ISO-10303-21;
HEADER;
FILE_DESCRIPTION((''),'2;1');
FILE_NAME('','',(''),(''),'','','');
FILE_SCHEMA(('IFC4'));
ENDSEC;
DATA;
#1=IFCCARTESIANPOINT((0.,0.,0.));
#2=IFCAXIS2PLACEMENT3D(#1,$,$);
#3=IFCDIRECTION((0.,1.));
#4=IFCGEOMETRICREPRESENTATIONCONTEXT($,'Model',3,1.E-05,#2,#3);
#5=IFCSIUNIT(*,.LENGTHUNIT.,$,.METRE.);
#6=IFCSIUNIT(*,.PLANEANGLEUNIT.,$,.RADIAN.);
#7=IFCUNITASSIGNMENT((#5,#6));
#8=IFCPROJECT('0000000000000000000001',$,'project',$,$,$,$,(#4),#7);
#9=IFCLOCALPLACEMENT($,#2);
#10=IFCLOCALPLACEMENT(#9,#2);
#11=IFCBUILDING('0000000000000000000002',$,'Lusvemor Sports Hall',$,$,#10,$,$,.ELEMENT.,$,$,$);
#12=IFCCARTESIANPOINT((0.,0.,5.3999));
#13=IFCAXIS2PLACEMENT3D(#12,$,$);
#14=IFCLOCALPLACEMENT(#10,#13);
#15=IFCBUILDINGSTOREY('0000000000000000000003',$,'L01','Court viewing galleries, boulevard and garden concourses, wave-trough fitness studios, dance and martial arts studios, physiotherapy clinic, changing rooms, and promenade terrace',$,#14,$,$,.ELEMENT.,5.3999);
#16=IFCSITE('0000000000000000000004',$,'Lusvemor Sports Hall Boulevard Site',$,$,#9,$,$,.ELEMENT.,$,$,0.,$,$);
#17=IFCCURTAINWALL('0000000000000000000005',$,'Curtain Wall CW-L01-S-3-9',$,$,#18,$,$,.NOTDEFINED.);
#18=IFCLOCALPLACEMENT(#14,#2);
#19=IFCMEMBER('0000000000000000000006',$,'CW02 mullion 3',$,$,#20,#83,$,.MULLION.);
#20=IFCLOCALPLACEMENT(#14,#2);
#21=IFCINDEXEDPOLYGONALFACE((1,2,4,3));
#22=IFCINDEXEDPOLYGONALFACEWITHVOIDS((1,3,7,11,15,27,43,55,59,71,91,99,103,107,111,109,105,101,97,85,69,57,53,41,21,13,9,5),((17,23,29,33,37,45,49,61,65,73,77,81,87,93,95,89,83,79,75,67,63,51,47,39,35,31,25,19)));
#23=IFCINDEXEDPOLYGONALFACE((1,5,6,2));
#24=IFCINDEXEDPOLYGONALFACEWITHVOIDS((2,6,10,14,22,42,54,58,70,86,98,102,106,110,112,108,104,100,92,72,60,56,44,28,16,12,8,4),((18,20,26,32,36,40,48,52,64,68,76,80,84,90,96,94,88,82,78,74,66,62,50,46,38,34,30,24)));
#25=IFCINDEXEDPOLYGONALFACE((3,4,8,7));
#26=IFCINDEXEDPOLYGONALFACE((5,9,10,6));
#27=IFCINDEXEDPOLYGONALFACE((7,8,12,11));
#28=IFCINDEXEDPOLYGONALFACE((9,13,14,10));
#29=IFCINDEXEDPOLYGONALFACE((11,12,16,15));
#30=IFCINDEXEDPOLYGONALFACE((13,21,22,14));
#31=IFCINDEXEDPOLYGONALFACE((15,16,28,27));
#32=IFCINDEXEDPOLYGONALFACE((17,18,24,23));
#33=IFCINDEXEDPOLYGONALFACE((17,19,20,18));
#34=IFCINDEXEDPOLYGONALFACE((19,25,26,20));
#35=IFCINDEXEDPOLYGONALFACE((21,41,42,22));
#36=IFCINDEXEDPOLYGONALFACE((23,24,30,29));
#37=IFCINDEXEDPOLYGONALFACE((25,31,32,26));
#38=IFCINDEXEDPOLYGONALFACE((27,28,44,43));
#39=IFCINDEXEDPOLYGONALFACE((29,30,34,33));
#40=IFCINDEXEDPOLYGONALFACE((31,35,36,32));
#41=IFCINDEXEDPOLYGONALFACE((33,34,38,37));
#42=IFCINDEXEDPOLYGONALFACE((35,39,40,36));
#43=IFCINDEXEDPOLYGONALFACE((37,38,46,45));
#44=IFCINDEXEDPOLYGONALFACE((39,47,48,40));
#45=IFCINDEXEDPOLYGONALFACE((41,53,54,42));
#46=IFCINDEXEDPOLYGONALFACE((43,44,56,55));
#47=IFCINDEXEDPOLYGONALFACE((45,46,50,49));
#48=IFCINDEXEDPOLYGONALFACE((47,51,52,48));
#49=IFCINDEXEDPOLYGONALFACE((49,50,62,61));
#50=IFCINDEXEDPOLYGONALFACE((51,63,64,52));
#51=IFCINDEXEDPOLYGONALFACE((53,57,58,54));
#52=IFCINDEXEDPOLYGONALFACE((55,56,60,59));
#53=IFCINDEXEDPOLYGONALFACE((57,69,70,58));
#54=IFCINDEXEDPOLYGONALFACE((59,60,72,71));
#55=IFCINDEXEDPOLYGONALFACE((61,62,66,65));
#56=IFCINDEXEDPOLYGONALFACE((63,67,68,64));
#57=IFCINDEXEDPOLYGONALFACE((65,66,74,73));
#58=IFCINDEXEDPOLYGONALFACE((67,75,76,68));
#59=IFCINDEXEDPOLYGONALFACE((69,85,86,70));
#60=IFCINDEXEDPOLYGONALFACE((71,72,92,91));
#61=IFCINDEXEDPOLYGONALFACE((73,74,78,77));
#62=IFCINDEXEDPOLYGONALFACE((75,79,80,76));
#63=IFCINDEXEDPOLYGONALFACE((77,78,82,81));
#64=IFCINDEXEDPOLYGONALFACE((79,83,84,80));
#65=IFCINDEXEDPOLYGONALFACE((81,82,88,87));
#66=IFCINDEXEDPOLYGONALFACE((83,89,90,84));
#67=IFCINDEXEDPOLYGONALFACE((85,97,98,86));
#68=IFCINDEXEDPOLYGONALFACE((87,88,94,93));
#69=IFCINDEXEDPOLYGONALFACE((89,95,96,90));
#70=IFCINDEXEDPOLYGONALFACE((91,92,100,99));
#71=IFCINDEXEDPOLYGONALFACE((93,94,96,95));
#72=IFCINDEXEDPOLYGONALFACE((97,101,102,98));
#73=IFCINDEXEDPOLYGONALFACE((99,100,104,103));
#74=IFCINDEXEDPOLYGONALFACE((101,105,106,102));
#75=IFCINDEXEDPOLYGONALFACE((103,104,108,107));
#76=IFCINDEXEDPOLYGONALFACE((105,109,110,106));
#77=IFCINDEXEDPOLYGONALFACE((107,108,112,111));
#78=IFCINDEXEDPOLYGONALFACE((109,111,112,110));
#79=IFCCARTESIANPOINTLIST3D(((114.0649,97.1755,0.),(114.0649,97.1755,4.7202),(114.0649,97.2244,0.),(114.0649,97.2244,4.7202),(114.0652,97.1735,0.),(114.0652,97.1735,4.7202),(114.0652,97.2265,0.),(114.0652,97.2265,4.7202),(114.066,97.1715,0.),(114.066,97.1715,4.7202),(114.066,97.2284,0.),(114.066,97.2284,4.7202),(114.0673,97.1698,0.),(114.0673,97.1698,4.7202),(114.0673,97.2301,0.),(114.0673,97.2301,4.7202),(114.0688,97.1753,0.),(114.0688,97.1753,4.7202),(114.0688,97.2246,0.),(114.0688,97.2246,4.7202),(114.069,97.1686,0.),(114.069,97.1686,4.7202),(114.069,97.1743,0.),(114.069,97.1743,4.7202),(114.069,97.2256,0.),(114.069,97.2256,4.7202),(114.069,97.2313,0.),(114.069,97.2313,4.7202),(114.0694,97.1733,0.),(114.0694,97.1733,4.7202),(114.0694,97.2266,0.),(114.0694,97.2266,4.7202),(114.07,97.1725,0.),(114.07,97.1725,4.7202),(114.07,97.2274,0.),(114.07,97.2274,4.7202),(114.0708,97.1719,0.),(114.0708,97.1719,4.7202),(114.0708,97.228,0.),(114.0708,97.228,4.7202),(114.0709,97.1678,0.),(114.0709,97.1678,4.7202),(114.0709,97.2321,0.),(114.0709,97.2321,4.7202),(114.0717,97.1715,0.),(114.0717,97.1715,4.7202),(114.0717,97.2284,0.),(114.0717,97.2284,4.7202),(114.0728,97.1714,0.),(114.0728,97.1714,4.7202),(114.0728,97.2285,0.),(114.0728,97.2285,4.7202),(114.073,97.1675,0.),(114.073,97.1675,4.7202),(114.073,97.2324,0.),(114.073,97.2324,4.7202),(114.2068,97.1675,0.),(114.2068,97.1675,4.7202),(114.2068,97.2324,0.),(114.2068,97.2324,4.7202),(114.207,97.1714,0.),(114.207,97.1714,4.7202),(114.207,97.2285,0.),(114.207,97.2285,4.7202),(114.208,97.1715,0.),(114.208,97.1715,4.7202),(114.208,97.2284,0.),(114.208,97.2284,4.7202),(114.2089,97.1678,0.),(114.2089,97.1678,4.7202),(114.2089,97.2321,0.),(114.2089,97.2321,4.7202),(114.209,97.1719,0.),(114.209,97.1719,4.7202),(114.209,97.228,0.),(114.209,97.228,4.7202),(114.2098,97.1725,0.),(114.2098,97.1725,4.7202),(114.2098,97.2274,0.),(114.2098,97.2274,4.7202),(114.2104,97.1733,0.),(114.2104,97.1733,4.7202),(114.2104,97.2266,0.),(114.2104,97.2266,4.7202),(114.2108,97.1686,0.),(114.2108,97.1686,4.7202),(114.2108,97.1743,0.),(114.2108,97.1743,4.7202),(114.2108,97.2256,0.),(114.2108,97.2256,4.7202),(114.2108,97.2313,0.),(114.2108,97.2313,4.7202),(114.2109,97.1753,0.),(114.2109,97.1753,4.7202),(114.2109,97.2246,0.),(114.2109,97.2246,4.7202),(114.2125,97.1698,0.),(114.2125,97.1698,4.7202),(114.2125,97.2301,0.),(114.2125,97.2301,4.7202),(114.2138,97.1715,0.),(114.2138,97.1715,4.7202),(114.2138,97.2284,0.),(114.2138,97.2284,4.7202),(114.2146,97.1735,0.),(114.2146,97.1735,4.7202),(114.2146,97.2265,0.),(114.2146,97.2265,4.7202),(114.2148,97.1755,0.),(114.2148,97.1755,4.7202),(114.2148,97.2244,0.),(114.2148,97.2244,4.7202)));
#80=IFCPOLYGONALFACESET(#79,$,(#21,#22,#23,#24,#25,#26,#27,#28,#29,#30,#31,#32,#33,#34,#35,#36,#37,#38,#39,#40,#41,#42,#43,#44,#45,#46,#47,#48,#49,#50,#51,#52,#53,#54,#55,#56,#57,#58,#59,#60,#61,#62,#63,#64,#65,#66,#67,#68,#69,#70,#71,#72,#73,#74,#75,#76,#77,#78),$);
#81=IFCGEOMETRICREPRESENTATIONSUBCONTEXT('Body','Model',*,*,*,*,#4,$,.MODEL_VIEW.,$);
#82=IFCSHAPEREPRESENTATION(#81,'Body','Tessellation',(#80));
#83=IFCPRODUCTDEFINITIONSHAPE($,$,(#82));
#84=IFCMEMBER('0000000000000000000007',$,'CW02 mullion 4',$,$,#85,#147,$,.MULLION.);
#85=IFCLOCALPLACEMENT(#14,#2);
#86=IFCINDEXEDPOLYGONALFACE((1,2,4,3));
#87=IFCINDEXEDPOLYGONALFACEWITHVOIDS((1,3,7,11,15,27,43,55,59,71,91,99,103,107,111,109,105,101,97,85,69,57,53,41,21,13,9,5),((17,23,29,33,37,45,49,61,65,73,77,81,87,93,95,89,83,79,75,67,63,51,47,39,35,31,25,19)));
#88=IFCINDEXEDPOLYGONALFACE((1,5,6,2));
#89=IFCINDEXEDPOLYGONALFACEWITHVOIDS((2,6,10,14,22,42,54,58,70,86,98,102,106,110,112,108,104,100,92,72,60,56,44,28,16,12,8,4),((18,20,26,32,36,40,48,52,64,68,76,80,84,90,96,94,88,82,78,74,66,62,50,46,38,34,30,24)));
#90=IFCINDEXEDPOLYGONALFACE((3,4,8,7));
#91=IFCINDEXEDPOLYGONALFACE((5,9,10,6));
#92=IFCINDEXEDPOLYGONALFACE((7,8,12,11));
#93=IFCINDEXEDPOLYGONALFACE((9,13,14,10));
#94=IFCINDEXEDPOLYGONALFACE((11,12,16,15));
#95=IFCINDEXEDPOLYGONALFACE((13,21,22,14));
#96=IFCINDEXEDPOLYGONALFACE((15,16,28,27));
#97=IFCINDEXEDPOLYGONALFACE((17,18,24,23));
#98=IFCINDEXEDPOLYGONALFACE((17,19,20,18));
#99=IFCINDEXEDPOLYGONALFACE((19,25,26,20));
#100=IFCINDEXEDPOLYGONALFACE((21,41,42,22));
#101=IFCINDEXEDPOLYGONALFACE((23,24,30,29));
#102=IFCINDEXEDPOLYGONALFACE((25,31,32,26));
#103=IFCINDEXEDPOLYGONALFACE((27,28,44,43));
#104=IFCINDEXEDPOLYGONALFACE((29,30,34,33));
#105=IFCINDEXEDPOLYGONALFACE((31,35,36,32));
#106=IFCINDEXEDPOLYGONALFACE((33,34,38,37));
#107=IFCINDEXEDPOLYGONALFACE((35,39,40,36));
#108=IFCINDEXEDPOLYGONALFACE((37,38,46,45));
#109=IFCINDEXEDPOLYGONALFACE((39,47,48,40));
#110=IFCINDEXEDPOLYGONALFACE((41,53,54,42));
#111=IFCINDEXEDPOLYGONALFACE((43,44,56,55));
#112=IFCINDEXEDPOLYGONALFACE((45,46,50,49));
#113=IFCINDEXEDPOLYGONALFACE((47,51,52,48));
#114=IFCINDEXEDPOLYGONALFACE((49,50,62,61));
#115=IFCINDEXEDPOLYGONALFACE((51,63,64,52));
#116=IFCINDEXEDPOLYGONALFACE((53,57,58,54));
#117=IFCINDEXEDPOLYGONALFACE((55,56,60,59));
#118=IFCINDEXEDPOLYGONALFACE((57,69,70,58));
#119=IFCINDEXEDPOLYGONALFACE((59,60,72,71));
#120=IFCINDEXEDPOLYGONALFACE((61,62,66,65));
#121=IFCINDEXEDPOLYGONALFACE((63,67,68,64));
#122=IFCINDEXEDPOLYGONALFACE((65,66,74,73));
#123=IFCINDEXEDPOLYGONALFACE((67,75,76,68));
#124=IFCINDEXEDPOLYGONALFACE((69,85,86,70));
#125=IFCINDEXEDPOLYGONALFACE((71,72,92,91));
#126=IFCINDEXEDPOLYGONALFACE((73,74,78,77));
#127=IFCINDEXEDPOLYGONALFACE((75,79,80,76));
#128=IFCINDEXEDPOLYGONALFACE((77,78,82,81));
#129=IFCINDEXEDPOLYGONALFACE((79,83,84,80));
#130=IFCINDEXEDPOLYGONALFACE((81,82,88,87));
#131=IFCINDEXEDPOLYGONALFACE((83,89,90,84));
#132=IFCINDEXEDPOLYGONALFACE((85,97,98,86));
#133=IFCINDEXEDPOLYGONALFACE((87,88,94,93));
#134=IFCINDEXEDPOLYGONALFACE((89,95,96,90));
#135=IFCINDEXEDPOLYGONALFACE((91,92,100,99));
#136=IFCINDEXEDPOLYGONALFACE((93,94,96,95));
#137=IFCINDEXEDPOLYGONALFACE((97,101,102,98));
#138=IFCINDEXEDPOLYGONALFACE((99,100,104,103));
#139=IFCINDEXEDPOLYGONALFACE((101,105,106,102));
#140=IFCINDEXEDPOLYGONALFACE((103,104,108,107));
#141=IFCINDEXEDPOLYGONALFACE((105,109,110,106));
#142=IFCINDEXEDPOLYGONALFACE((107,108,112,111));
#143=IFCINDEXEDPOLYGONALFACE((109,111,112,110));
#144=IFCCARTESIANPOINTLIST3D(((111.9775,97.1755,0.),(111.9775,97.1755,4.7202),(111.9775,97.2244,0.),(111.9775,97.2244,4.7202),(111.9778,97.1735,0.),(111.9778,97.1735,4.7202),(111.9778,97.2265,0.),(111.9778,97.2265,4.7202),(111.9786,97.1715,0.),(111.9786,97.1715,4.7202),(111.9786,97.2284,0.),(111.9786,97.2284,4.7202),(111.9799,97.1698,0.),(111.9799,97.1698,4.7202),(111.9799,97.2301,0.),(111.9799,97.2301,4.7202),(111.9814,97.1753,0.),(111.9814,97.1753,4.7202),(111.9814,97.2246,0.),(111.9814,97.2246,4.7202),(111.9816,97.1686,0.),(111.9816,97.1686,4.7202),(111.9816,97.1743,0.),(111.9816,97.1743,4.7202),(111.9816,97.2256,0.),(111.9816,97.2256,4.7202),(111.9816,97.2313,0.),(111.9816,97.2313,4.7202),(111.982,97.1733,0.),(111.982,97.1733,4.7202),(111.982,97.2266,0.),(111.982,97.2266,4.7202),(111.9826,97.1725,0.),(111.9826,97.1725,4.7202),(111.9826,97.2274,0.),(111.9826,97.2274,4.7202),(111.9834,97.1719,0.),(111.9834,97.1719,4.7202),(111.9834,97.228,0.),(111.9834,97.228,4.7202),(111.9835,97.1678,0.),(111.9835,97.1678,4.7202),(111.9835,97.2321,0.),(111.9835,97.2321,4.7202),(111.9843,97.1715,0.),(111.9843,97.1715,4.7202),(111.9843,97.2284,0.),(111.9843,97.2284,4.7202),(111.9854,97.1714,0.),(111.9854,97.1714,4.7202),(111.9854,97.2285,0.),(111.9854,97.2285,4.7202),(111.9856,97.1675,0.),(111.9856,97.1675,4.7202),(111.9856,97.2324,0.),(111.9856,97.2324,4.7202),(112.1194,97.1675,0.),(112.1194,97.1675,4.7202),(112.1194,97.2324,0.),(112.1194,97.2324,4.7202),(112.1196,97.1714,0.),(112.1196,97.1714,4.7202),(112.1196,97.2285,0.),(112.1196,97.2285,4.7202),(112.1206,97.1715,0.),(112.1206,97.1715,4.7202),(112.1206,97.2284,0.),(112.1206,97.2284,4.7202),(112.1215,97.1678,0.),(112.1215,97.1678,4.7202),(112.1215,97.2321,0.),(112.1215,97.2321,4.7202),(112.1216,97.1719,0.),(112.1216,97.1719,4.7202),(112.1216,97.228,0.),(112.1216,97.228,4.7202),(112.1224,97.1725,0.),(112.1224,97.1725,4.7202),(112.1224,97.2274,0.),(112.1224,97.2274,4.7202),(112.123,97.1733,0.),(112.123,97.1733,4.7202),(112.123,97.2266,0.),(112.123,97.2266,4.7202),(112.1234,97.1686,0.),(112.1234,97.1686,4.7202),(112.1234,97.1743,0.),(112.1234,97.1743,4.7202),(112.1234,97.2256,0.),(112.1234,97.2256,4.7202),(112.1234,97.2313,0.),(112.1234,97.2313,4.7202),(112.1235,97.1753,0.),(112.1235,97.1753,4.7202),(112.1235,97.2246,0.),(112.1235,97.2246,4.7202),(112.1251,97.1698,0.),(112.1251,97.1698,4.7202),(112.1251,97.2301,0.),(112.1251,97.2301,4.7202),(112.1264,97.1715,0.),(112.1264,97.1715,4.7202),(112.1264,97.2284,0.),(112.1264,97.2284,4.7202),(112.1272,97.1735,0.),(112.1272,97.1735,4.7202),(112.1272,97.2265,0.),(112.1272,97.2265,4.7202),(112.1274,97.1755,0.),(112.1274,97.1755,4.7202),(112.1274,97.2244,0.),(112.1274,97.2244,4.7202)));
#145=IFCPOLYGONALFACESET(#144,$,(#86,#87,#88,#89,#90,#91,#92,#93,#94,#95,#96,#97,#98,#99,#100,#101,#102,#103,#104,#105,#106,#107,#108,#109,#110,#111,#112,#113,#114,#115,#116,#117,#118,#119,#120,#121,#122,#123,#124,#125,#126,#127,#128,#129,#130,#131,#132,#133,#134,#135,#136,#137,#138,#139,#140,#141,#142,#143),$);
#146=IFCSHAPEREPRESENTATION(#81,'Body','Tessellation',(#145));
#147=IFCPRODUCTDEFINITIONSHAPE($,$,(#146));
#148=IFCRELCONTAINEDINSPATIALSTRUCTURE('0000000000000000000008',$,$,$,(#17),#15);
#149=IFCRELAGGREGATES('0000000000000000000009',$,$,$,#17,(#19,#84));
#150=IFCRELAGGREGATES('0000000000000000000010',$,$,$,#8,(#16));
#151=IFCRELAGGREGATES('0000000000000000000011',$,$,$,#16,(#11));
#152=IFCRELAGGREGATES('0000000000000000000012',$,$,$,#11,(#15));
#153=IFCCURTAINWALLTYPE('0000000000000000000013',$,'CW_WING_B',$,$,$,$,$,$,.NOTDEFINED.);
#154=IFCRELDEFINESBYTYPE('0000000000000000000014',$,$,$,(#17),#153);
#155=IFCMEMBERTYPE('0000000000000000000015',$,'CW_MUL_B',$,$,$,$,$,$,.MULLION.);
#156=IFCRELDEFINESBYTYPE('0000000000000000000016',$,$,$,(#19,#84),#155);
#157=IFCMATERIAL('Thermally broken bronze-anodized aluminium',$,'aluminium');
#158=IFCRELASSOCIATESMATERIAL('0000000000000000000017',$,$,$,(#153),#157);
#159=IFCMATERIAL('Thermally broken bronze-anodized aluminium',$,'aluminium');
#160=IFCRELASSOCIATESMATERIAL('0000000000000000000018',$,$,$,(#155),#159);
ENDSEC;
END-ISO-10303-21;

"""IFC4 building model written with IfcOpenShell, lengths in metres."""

from ifc_helpers import new_model, si_unit, direction, frame, origin, origin_2d, place, context, subcontext, project, spatial, hollow_rectangle, extrude, material, material_profile, profile_set, type_object, element, aggregate, save


model = new_model("IFC4")

# Units and contexts
model_context = context("Model", 3, precision=1e-05, world=origin(), true_north=direction((0.0, 1.0)))
body_context = subcontext(model_context, "Body", "Model", "MODEL_VIEW")
ifc_project = project(units=[si_unit("LENGTHUNIT", "METRE"), si_unit("PLANEANGLEUNIT", "RADIAN")], contexts=[model_context])

# Site, building, storey
site_placement = place(None, origin())
site = spatial("IfcSite", under=ifc_project, at=site_placement, Name="Lusvemor Sports Hall Boulevard Site", CompositionType="ELEMENT", RefElevation=0.0)
building_placement = place(site_placement, origin())
building = spatial("IfcBuilding", under=site, at=building_placement, Name="Lusvemor Sports Hall", CompositionType="ELEMENT")
storey_placement = place(building_placement, frame((0.0, 0.0, 5.3999)))
storey = spatial("IfcBuildingStorey", under=building, at=storey_placement, Name="L01", Description="Court viewing galleries, boulevard and garden concourses, wave-trough fitness studios, dance and martial arts studios, physiotherapy clinic, changing rooms, and promenade terrace", CompositionType="ELEMENT", Elevation=5.3999)

# Curtain wall, members
ifc_material_1 = material(Name="Thermally broken bronze-anodized aluminium", Category="aluminium")
curtain_wall_type = type_object("IfcCurtainWallType", Name="CW_WING_B", PredefinedType="NOTDEFINED", material=ifc_material_1)
curtain_wall_placement = place(storey_placement, origin())
curtain_wall = element("IfcCurtainWall", 1, at=curtain_wall_placement, inside=storey, type_object=curtain_wall_type, Name="Curtain Wall CW-L01-S-3-9", PredefinedType="NOTDEFINED")
ifc_material_2 = material(Name="Thermally broken bronze-anodized aluminium", Category="aluminium")
ifc_material_profile_1 = material_profile(ifc_material_2, hollow_rectangle(XDim=0.0649, YDim=0.1499, WallThickness=0.0039, InnerFilletRadius=0.0039, OuterFilletRadius=0.0081, at=origin_2d()), Name="CWMUL150x65x4")
ifc_profile_set_1 = profile_set([ifc_material_profile_1], Name="Thermally broken bronze-anodized aluminium")
member_type_1 = type_object("IfcMemberType", Name="CW_MUL_B", PredefinedType="MULLION", material=ifc_profile_set_1)
member_1_placement = place(storey_placement, frame((114.1399, 97.2, 0.0), z_axis=(0.0, 0.0, 1.0), x_axis=(0.0, -1.0, 0.0)))
member_1 = element("IfcMember", 2, at=member_1_placement, type_object=member_type_1, Name="CW02 mullion 3", PredefinedType="MULLION", context=body_context, shape_type="SweptSolid", body=[
    extrude(hollow_rectangle(XDim=0.0649, YDim=0.1499, WallThickness=0.0039, InnerFilletRadius=0.0039, OuterFilletRadius=0.0081, at=origin_2d()), origin(), (0.0, 0.0, 1.0), 4.7202),
])
member_2_placement = place(storey_placement, frame((112.0525, 97.2, 0.0), z_axis=(0.0, 0.0, 1.0), x_axis=(0.0, -1.0, 0.0)))
member_2 = element("IfcMember", 3, at=member_2_placement, type_object=member_type_1, Name="CW02 mullion 4", PredefinedType="MULLION", context=body_context, shape_type="SweptSolid", body=[
    extrude(hollow_rectangle(XDim=0.0649, YDim=0.1499, WallThickness=0.0039, InnerFilletRadius=0.0039, OuterFilletRadius=0.0081, at=origin_2d()), origin(), (0.0, 0.0, 1.0), 4.7202),
])

aggregate(curtain_wall, [member_1, member_2])

save(model, "model.ifc")
